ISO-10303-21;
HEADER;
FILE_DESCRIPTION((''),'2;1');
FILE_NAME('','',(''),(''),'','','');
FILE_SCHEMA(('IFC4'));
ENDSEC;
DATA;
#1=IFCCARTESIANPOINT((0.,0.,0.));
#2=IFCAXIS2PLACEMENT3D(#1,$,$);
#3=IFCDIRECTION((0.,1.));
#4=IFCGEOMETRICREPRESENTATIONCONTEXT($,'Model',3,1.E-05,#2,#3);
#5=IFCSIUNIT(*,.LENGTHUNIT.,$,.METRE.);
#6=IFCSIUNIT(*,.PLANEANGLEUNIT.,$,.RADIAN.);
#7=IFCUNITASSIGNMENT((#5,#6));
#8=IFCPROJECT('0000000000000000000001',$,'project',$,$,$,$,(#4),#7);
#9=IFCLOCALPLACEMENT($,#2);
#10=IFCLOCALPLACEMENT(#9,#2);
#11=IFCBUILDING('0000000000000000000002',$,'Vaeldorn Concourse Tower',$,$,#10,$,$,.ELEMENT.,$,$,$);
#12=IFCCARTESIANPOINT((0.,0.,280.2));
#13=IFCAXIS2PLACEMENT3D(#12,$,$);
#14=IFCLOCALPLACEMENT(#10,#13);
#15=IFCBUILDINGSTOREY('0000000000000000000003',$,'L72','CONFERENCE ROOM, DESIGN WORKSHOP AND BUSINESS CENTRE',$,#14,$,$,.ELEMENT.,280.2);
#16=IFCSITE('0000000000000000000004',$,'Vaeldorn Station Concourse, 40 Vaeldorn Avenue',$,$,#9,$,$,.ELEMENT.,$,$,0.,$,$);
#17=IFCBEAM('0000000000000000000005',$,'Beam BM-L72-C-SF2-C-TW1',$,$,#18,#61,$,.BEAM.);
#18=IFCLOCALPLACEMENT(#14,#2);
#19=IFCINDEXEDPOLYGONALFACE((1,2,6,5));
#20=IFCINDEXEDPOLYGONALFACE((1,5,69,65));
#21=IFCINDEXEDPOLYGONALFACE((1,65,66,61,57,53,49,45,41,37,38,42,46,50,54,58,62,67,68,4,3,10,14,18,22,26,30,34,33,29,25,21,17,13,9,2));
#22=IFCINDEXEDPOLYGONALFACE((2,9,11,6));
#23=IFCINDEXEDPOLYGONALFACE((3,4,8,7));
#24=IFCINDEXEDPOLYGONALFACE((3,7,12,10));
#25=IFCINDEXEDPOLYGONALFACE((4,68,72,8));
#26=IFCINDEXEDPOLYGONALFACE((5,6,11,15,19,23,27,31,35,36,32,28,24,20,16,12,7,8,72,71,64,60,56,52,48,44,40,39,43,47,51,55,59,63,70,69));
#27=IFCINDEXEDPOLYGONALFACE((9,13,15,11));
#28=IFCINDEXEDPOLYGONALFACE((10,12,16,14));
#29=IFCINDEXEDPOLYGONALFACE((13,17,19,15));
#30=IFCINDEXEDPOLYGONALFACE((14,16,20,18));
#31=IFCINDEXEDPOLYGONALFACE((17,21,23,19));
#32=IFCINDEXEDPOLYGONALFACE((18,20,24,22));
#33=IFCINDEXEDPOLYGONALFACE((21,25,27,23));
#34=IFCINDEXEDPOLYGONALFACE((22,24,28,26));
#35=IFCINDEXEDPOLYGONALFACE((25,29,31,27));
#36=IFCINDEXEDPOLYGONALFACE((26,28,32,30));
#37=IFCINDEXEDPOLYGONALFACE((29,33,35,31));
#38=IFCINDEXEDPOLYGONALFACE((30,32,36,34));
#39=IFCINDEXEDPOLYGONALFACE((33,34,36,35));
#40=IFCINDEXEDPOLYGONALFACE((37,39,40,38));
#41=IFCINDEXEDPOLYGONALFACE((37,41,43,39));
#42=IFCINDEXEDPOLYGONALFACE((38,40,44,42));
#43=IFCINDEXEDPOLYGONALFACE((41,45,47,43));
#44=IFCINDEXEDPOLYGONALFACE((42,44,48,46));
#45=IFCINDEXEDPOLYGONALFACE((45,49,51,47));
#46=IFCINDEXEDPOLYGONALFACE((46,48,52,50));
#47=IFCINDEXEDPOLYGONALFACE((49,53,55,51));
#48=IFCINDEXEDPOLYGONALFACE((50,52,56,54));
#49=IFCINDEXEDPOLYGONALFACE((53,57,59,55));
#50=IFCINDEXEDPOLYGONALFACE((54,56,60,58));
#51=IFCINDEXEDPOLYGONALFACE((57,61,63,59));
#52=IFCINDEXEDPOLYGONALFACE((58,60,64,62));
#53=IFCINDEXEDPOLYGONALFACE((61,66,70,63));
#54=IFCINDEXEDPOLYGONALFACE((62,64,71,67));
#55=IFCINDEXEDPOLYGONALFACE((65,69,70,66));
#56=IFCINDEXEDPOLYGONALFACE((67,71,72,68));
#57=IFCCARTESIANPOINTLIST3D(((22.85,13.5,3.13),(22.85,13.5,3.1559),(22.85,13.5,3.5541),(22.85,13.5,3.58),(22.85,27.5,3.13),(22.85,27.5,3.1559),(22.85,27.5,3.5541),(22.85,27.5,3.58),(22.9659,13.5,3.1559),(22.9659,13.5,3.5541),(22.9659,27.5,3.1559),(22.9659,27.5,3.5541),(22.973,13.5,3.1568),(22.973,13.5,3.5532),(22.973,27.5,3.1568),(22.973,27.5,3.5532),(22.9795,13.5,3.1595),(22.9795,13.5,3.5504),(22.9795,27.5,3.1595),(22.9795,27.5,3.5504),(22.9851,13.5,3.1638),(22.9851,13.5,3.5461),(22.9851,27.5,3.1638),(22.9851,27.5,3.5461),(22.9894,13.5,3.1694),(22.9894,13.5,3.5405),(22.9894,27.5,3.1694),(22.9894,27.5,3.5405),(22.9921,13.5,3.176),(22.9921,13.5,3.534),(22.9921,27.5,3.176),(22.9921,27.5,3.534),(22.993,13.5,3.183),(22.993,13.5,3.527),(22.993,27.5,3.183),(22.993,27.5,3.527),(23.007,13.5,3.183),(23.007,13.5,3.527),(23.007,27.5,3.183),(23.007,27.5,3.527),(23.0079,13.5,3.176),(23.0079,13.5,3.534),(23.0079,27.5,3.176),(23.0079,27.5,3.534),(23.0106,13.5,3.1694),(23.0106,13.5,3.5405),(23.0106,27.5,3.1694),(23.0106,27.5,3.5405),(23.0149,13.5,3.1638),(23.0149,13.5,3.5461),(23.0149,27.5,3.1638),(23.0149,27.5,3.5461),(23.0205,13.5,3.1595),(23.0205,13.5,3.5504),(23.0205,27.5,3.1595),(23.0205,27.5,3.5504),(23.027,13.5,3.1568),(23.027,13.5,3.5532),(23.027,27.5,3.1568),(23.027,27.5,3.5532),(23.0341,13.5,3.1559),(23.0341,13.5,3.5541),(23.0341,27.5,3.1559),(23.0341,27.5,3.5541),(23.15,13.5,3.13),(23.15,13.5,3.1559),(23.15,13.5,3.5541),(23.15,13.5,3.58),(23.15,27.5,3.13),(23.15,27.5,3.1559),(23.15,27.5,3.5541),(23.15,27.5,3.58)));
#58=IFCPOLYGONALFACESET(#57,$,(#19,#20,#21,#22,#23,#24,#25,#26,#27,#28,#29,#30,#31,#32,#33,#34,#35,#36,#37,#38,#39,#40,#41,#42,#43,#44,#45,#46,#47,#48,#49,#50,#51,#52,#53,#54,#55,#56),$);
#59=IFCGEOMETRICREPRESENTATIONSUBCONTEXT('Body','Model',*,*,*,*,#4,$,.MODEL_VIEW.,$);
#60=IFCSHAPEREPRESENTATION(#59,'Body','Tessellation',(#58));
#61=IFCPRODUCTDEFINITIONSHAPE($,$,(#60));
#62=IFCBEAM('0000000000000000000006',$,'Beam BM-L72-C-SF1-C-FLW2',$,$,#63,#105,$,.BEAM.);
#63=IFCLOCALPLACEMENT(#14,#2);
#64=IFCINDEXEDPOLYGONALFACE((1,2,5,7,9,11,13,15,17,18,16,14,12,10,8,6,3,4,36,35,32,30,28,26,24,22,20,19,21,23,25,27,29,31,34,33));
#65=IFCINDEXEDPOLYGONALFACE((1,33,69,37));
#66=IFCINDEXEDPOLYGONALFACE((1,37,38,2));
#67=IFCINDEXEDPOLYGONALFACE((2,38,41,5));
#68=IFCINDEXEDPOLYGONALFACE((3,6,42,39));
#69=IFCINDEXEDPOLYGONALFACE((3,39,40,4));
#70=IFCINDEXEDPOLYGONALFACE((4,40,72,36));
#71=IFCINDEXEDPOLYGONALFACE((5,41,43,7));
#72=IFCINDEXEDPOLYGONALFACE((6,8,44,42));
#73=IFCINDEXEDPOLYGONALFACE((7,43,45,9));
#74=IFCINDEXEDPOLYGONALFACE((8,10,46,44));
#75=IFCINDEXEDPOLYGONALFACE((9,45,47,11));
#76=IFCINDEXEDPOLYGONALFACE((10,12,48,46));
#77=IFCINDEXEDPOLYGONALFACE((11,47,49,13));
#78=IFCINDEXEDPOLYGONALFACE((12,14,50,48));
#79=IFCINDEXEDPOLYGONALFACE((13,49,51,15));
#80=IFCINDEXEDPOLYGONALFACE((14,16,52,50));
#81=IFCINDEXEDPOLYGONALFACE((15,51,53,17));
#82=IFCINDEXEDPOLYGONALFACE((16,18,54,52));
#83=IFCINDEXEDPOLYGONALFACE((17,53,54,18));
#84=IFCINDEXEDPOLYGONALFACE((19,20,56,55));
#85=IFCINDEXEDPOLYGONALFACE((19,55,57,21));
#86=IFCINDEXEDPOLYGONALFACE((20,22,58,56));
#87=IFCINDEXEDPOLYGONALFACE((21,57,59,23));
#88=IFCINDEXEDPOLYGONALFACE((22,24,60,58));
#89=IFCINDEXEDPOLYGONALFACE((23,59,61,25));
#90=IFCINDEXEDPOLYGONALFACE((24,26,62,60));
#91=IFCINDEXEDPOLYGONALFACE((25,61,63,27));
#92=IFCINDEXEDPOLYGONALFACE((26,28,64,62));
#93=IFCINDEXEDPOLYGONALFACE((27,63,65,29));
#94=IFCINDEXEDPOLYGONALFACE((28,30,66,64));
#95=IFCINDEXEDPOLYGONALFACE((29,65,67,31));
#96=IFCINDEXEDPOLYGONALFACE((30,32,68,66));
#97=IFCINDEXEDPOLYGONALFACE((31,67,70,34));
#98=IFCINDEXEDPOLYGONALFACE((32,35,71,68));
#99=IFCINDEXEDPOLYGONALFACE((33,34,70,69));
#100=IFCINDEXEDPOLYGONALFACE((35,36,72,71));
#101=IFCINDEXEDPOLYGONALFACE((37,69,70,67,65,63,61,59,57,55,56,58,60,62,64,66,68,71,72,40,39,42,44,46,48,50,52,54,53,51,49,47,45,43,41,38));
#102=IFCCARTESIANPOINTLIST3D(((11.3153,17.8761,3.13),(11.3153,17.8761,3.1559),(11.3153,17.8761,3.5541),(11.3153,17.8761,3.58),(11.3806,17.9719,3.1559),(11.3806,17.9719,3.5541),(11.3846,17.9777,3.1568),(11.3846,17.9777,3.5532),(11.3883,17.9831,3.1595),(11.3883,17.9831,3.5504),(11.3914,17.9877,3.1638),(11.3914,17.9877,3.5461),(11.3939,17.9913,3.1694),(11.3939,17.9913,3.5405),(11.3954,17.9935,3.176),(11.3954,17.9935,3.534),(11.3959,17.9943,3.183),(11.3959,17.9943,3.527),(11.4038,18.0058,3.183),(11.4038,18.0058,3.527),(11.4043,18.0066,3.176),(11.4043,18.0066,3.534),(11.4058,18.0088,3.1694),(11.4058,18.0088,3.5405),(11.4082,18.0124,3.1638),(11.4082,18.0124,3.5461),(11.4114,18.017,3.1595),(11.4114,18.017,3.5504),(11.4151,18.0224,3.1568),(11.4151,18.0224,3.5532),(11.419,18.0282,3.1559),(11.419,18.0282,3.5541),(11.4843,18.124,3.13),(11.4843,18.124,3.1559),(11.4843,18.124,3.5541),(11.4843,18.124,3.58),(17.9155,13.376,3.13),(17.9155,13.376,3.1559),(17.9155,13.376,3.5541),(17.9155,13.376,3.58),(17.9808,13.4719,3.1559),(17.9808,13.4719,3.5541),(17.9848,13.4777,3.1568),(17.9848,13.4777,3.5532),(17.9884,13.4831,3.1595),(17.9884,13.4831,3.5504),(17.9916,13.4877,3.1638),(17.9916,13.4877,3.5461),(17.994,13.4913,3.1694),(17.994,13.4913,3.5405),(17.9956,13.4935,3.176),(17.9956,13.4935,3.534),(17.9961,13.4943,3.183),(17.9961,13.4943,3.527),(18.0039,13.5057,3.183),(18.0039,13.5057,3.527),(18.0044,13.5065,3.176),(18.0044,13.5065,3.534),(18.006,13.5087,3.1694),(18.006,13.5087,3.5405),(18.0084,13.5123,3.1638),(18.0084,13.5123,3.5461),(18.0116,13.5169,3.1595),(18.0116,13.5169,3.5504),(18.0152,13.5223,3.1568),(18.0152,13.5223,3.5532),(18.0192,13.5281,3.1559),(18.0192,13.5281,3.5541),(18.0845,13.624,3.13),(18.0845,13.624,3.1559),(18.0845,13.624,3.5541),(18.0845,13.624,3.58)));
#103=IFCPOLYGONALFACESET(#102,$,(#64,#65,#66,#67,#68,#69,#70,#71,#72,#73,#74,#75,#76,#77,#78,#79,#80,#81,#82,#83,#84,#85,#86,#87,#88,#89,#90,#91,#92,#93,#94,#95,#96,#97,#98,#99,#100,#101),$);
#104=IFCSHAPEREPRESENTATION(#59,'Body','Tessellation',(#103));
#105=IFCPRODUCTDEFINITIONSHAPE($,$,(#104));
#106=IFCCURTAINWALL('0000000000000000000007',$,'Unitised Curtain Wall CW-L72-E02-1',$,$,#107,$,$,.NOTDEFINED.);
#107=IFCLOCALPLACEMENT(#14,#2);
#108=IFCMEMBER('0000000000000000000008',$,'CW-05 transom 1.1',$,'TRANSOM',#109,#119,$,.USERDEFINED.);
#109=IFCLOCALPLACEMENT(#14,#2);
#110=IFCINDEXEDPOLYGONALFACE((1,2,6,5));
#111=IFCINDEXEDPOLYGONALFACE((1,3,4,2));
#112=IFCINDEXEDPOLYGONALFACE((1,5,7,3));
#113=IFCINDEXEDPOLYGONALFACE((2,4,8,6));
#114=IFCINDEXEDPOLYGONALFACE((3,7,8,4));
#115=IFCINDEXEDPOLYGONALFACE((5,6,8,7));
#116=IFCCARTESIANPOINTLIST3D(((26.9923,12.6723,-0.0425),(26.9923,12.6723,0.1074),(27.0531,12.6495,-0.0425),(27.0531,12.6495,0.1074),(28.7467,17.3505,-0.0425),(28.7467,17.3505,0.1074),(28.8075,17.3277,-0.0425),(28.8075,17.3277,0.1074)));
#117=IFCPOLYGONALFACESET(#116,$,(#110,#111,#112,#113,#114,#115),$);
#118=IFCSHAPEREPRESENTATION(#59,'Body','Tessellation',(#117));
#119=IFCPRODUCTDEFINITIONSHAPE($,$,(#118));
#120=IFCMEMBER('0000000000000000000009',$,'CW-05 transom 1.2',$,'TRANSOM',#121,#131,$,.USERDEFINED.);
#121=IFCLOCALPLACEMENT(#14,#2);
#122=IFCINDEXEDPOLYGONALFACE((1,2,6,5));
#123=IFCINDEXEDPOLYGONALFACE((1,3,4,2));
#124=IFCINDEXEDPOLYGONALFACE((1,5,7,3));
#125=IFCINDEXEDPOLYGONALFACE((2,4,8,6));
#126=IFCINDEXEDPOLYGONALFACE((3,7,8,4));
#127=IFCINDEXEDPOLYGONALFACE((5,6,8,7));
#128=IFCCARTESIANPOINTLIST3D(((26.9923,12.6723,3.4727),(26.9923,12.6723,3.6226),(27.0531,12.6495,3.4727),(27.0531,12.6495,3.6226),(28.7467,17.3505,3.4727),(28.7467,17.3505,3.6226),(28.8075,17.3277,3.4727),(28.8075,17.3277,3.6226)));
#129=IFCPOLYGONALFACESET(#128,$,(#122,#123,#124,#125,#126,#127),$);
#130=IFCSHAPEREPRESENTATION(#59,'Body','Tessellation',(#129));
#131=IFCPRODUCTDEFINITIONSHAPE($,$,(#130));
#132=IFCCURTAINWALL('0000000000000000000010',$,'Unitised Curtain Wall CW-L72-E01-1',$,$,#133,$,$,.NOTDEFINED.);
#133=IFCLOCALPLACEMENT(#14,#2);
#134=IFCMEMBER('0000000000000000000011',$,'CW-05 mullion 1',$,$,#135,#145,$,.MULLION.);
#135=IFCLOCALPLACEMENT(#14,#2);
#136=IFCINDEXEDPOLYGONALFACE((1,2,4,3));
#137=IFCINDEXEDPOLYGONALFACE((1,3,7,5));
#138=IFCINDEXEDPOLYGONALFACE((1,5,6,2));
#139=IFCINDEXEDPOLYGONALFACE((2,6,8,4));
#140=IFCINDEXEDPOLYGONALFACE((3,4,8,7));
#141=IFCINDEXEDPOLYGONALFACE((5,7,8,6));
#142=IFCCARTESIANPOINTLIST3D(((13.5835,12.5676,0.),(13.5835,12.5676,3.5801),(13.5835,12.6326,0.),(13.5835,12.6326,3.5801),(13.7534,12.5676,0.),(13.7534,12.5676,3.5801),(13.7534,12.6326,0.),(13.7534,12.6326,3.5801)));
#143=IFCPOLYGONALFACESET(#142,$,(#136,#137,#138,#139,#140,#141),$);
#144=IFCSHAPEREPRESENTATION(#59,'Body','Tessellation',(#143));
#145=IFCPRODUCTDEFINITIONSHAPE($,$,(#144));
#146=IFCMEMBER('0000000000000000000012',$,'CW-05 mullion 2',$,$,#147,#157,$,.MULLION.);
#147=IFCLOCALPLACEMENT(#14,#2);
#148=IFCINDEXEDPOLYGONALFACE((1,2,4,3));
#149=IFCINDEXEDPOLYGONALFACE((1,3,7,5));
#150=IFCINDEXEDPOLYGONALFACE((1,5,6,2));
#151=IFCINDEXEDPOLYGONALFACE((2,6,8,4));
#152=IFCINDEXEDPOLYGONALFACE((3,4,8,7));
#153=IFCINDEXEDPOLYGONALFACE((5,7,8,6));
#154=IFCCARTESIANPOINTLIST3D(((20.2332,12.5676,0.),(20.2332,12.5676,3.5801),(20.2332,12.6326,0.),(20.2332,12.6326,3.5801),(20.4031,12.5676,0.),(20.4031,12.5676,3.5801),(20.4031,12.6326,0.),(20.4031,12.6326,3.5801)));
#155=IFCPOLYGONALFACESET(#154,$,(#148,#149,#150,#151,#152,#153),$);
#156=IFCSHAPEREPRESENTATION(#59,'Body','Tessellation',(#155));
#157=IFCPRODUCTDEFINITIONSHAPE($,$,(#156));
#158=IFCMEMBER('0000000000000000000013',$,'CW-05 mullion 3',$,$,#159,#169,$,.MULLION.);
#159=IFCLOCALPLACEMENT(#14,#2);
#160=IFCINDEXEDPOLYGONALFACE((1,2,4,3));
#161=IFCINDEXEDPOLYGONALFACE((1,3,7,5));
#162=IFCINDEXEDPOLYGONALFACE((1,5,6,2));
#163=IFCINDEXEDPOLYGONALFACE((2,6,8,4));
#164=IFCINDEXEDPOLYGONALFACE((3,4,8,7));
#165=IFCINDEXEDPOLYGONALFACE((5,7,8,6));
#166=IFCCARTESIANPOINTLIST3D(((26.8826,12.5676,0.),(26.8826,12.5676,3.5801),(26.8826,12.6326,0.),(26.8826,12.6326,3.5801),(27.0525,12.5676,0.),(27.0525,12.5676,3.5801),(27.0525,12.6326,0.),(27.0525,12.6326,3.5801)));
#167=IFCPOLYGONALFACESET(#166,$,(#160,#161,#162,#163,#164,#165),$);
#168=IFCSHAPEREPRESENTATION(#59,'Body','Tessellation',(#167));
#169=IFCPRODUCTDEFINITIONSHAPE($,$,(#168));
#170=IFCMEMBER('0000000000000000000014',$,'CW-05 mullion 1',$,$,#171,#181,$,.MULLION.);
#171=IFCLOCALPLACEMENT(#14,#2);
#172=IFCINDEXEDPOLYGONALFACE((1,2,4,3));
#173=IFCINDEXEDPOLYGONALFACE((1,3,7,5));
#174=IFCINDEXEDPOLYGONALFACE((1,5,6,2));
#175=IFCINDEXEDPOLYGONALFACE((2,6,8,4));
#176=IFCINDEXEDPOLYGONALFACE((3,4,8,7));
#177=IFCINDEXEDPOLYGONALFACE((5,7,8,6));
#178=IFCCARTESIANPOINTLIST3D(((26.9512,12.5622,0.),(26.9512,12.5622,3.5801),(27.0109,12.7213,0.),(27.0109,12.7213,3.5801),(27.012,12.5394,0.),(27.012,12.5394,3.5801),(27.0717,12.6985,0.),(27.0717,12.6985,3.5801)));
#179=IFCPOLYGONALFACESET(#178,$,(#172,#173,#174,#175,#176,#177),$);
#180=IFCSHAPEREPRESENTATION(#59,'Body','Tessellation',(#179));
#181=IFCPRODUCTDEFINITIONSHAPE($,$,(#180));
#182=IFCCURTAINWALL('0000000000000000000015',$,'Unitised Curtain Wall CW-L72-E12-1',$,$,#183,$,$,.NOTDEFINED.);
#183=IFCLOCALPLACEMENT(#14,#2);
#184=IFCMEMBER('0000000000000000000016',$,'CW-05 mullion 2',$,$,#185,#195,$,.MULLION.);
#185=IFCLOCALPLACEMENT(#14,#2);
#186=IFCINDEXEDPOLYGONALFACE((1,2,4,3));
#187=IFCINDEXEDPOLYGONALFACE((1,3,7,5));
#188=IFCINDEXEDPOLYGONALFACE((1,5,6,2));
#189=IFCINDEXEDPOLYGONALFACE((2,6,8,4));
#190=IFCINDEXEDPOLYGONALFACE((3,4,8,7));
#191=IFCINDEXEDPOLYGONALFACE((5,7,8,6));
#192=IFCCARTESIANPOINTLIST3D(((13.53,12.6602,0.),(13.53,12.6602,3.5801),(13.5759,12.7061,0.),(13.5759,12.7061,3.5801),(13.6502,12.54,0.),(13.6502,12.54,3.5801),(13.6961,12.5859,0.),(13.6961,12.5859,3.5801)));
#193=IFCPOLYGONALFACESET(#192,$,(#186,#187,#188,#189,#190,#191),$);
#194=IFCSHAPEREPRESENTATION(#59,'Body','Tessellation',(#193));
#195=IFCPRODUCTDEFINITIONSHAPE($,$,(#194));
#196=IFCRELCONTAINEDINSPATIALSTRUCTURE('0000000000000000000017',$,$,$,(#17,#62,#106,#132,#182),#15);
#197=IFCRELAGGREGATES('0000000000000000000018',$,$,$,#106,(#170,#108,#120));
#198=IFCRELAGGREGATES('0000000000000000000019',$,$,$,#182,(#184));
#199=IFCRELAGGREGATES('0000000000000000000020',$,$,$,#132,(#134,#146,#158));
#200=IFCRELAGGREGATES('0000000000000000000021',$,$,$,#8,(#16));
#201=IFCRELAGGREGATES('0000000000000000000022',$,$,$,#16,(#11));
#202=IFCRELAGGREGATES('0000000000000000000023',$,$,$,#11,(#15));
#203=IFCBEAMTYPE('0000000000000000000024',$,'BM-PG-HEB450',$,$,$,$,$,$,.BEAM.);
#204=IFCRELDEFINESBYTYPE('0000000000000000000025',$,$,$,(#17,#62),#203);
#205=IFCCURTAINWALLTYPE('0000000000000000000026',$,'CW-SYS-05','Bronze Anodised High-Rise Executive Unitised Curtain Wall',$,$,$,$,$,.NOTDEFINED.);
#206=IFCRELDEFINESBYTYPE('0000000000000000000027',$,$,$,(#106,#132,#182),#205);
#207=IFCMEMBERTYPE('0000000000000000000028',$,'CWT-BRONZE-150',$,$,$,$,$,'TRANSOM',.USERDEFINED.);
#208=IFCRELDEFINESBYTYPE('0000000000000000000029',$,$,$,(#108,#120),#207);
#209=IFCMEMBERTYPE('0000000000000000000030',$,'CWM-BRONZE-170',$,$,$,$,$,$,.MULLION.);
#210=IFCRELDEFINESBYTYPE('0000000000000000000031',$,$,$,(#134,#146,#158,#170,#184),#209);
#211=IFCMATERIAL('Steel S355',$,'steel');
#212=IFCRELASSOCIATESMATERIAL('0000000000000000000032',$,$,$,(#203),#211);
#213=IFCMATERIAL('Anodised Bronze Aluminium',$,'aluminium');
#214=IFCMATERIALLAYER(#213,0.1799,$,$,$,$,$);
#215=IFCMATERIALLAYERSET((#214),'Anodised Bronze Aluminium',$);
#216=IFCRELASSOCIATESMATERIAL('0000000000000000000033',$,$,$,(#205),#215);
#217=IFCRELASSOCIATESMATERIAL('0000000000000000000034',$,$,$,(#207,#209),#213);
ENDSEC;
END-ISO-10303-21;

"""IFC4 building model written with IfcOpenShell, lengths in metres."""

from ifc_helpers import new_model, si_unit, direction, frame, origin, origin_2d, place, context, subcontext, project, spatial, rectangle, i_section, extrude, source, transform, mapped, material, layer, layer_set, material_profile, profile_set, type_object, element, aggregate, save


model = new_model("IFC4")

# Units and contexts
model_context = context("Model", 3, precision=1e-05, world=origin(), true_north=direction((0.0, 1.0)))
body_context = subcontext(model_context, "Body", "Model", "MODEL_VIEW")
ifc_project = project(units=[si_unit("LENGTHUNIT", "METRE"), si_unit("PLANEANGLEUNIT", "RADIAN")], contexts=[model_context])

# Site, building, storey
site_placement = place(None, origin())
site = spatial("IfcSite", under=ifc_project, at=site_placement, Name="Vaeldorn Station Concourse, 40 Vaeldorn Avenue", CompositionType="ELEMENT", RefElevation=0.0)
building_placement = place(site_placement, origin())
building = spatial("IfcBuilding", under=site, at=building_placement, Name="Vaeldorn Concourse Tower", CompositionType="ELEMENT")
storey_placement = place(building_placement, frame((0.0, 0.0, 280.2)))
storey = spatial("IfcBuildingStorey", under=building, at=storey_placement, Name="L72", Description="CONFERENCE ROOM, DESIGN WORKSHOP AND BUSINESS CENTRE", CompositionType="ELEMENT", Elevation=280.2)

# Shared definitions
ifc_material_1 = material(Name="Steel S355", Category="steel")

# Beams
ifc_material_profile_1 = material_profile(ifc_material_1, i_section(OverallWidth=0.3, OverallDepth=0.45, WebThickness=0.0139, FlangeThickness=0.0259, FilletRadius=0.0271, at=origin_2d()), Name="HEB 450")
ifc_profile_set_1 = profile_set([ifc_material_profile_1], Name="Steel S355")
beam_type_1 = type_object("IfcBeamType", Name="BM-PG-HEB450", PredefinedType="BEAM", material=ifc_profile_set_1)
shared_shape_1 = source(origin(), body_context, "Body", "SweptSolid", [
    extrude(i_section(OverallWidth=0.3, OverallDepth=0.45, WebThickness=0.0139, FlangeThickness=0.0259, FilletRadius=0.0271, at=origin_2d()), origin(), (0.0, 0.0, 1.0), 14.0),
])
beam_1_placement = place(storey_placement, frame((23.0, 13.5, 3.355), z_axis=(0.0, 1.0, 0.0), x_axis=(-1.0, 0.0, 0.0)))
element("IfcBeam", 1, at=beam_1_placement, inside=storey, type_object=beam_type_1, Name="Beam BM-L72-C-SF2-C-TW1", PredefinedType="BEAM", context=body_context, shape_type="MappedRepresentation", body=[
    mapped(shared_shape_1, transform((0.0, 0.0, 0.0), scale=1.0)),
])
shared_shape_2 = source(origin(), body_context, "Body", "SweptSolid", [
    extrude(i_section(OverallWidth=0.3, OverallDepth=0.45, WebThickness=0.0139, FlangeThickness=0.0259, FilletRadius=0.0271, at=origin_2d()), origin(), (0.0, 0.0, 1.0), 7.9883),
])
beam_2_placement = place(storey_placement, frame((18.0, 13.5, 3.355), z_axis=(-0.826231, 0.563331, 0.0), x_axis=(-0.563331, -0.826231, 0.0)))
element("IfcBeam", 2, at=beam_2_placement, inside=storey, type_object=beam_type_1, Name="Beam BM-L72-C-SF1-C-FLW2", PredefinedType="BEAM", context=body_context, shape_type="MappedRepresentation", body=[
    mapped(shared_shape_2, transform((0.0, 0.0, 0.0), scale=1.0)),
])

# Curtain walls, members
ifc_material_2 = material(Name="Anodised Bronze Aluminium", Category="aluminium")
ifc_layer_1 = layer(ifc_material_2, 0.1799)
ifc_layer_set_1 = layer_set([ifc_layer_1], Name="Anodised Bronze Aluminium")
curtain_wall_type = type_object("IfcCurtainWallType", Name="CW-SYS-05", Description="Bronze Anodised High-Rise Executive Unitised Curtain Wall", PredefinedType="NOTDEFINED", material=ifc_layer_set_1)
curtain_wall_1_placement = place(storey_placement, origin())
curtain_wall_1 = element("IfcCurtainWall", 3, at=curtain_wall_1_placement, inside=storey, type_object=curtain_wall_type, Name="Unitised Curtain Wall CW-L72-E02-1", PredefinedType="NOTDEFINED")
ifc_material_profile_2 = material_profile(ifc_material_2, rectangle(XDim=0.0649, YDim=0.1499, at=origin_2d()), Name="CWT 65x150")
ifc_profile_set_2 = profile_set([ifc_material_profile_2], Name="Anodised Bronze Aluminium")
member_type_1 = type_object("IfcMemberType", Name="CWT-BRONZE-150", ElementType="TRANSOM", PredefinedType="USERDEFINED", material=ifc_profile_set_2)
shared_shape_3 = source(origin(), body_context, "Body", "SweptSolid", [
    extrude(rectangle(XDim=0.0649, YDim=0.1499, at=origin_2d()), origin(), (0.0, 0.0, 1.0), 4.9963),
])
member_1_placement = place(storey_placement, frame((27.0227, 12.6609, 0.0325), z_axis=(0.351134, 0.936325, 0.0), x_axis=(-0.936325, 0.351134, 0.0)))
member_1 = element("IfcMember", 4, at=member_1_placement, type_object=member_type_1, Name="CW-05 transom 1.1", ObjectType="TRANSOM", PredefinedType="USERDEFINED", context=body_context, shape_type="MappedRepresentation", body=[
    mapped(shared_shape_3, transform((0.0, 0.0, 0.0), scale=1.0)),
])
member_2_placement = place(storey_placement, frame((27.0227, 12.6609, 3.5476), z_axis=(0.351134, 0.936325, 0.0), x_axis=(-0.936325, 0.351134, 0.0)))
member_2 = element("IfcMember", 5, at=member_2_placement, type_object=member_type_1, Name="CW-05 transom 1.2", ObjectType="TRANSOM", PredefinedType="USERDEFINED", context=body_context, shape_type="MappedRepresentation", body=[
    mapped(shared_shape_3, transform((0.0, 0.0, 0.0), scale=1.0)),
])
curtain_wall_2_placement = place(storey_placement, origin())
curtain_wall_2 = element("IfcCurtainWall", 6, at=curtain_wall_2_placement, inside=storey, type_object=curtain_wall_type, Name="Unitised Curtain Wall CW-L72-E01-1", PredefinedType="NOTDEFINED")
ifc_material_profile_3 = material_profile(ifc_material_2, rectangle(XDim=0.0649, YDim=0.1699, at=origin_2d()), Name="CWM 65x170")
ifc_profile_set_3 = profile_set([ifc_material_profile_3], Name="Anodised Bronze Aluminium")
member_type_2 = type_object("IfcMemberType", Name="CWM-BRONZE-170", PredefinedType="MULLION", material=ifc_profile_set_3)
shared_shape_4 = source(origin(), body_context, "Body", "SweptSolid", [
    extrude(rectangle(XDim=0.0649, YDim=0.1699, at=origin_2d()), origin(), (0.0, 0.0, 1.0), 3.5801),
])
member_3_placement = place(storey_placement, frame((13.6685, 12.6001, 0.0), z_axis=(0.0, 0.0, 1.0), x_axis=(0.0, 1.0, 0.0)))
member_3 = element("IfcMember", 7, at=member_3_placement, type_object=member_type_2, Name="CW-05 mullion 1", PredefinedType="MULLION", context=body_context, shape_type="MappedRepresentation", body=[
    mapped(shared_shape_4, transform((0.0, 0.0, 0.0), scale=1.0)),
])
member_4_placement = place(storey_placement, frame((20.3181, 12.6001, 0.0), z_axis=(0.0, 0.0, 1.0), x_axis=(0.0, 1.0, 0.0)))
member_4 = element("IfcMember", 8, at=member_4_placement, type_object=member_type_2, Name="CW-05 mullion 2", PredefinedType="MULLION", context=body_context, shape_type="MappedRepresentation", body=[
    mapped(shared_shape_4, transform((0.0, 0.0, 0.0), scale=1.0)),
])
member_5_placement = place(storey_placement, frame((26.9675, 12.6001, 0.0), z_axis=(0.0, 0.0, 1.0), x_axis=(0.0, 1.0, 0.0)))
member_5 = element("IfcMember", 9, at=member_5_placement, type_object=member_type_2, Name="CW-05 mullion 3", PredefinedType="MULLION", context=body_context, shape_type="MappedRepresentation", body=[
    mapped(shared_shape_4, transform((0.0, 0.0, 0.0), scale=1.0)),
])

# Member
member_6_placement = place(storey_placement, frame((27.0115, 12.6304, 0.0), z_axis=(0.0, 0.0, 1.0), x_axis=(-0.936329, 0.351123, 0.0)))
member_6 = element("IfcMember", 10, at=member_6_placement, type_object=member_type_2, Name="CW-05 mullion 1", PredefinedType="MULLION", context=body_context, shape_type="MappedRepresentation", body=[
    mapped(shared_shape_4, transform((0.0, 0.0, 0.0), scale=1.0)),
])
aggregate(curtain_wall_1, [member_6, member_1, member_2])

# Curtain wall, member
curtain_wall_3_placement = place(storey_placement, origin())
curtain_wall_3 = element("IfcCurtainWall", 11, at=curtain_wall_3_placement, inside=storey, type_object=curtain_wall_type, Name="Unitised Curtain Wall CW-L72-E12-1", PredefinedType="NOTDEFINED")
member_7_placement = place(storey_placement, frame((13.613, 12.623, 0.0), z_axis=(0.0, 0.0, 1.0), x_axis=(0.707107, 0.707107, 0.0)))
member_7 = element("IfcMember", 12, at=member_7_placement, type_object=member_type_2, Name="CW-05 mullion 2", PredefinedType="MULLION", context=body_context, shape_type="MappedRepresentation", body=[
    mapped(shared_shape_4, transform((0.0, 0.0, 0.0), scale=1.0)),
])

aggregate(curtain_wall_3, [member_7])
aggregate(curtain_wall_2, [member_3, member_4, member_5])

save(model, "model.ifc")
